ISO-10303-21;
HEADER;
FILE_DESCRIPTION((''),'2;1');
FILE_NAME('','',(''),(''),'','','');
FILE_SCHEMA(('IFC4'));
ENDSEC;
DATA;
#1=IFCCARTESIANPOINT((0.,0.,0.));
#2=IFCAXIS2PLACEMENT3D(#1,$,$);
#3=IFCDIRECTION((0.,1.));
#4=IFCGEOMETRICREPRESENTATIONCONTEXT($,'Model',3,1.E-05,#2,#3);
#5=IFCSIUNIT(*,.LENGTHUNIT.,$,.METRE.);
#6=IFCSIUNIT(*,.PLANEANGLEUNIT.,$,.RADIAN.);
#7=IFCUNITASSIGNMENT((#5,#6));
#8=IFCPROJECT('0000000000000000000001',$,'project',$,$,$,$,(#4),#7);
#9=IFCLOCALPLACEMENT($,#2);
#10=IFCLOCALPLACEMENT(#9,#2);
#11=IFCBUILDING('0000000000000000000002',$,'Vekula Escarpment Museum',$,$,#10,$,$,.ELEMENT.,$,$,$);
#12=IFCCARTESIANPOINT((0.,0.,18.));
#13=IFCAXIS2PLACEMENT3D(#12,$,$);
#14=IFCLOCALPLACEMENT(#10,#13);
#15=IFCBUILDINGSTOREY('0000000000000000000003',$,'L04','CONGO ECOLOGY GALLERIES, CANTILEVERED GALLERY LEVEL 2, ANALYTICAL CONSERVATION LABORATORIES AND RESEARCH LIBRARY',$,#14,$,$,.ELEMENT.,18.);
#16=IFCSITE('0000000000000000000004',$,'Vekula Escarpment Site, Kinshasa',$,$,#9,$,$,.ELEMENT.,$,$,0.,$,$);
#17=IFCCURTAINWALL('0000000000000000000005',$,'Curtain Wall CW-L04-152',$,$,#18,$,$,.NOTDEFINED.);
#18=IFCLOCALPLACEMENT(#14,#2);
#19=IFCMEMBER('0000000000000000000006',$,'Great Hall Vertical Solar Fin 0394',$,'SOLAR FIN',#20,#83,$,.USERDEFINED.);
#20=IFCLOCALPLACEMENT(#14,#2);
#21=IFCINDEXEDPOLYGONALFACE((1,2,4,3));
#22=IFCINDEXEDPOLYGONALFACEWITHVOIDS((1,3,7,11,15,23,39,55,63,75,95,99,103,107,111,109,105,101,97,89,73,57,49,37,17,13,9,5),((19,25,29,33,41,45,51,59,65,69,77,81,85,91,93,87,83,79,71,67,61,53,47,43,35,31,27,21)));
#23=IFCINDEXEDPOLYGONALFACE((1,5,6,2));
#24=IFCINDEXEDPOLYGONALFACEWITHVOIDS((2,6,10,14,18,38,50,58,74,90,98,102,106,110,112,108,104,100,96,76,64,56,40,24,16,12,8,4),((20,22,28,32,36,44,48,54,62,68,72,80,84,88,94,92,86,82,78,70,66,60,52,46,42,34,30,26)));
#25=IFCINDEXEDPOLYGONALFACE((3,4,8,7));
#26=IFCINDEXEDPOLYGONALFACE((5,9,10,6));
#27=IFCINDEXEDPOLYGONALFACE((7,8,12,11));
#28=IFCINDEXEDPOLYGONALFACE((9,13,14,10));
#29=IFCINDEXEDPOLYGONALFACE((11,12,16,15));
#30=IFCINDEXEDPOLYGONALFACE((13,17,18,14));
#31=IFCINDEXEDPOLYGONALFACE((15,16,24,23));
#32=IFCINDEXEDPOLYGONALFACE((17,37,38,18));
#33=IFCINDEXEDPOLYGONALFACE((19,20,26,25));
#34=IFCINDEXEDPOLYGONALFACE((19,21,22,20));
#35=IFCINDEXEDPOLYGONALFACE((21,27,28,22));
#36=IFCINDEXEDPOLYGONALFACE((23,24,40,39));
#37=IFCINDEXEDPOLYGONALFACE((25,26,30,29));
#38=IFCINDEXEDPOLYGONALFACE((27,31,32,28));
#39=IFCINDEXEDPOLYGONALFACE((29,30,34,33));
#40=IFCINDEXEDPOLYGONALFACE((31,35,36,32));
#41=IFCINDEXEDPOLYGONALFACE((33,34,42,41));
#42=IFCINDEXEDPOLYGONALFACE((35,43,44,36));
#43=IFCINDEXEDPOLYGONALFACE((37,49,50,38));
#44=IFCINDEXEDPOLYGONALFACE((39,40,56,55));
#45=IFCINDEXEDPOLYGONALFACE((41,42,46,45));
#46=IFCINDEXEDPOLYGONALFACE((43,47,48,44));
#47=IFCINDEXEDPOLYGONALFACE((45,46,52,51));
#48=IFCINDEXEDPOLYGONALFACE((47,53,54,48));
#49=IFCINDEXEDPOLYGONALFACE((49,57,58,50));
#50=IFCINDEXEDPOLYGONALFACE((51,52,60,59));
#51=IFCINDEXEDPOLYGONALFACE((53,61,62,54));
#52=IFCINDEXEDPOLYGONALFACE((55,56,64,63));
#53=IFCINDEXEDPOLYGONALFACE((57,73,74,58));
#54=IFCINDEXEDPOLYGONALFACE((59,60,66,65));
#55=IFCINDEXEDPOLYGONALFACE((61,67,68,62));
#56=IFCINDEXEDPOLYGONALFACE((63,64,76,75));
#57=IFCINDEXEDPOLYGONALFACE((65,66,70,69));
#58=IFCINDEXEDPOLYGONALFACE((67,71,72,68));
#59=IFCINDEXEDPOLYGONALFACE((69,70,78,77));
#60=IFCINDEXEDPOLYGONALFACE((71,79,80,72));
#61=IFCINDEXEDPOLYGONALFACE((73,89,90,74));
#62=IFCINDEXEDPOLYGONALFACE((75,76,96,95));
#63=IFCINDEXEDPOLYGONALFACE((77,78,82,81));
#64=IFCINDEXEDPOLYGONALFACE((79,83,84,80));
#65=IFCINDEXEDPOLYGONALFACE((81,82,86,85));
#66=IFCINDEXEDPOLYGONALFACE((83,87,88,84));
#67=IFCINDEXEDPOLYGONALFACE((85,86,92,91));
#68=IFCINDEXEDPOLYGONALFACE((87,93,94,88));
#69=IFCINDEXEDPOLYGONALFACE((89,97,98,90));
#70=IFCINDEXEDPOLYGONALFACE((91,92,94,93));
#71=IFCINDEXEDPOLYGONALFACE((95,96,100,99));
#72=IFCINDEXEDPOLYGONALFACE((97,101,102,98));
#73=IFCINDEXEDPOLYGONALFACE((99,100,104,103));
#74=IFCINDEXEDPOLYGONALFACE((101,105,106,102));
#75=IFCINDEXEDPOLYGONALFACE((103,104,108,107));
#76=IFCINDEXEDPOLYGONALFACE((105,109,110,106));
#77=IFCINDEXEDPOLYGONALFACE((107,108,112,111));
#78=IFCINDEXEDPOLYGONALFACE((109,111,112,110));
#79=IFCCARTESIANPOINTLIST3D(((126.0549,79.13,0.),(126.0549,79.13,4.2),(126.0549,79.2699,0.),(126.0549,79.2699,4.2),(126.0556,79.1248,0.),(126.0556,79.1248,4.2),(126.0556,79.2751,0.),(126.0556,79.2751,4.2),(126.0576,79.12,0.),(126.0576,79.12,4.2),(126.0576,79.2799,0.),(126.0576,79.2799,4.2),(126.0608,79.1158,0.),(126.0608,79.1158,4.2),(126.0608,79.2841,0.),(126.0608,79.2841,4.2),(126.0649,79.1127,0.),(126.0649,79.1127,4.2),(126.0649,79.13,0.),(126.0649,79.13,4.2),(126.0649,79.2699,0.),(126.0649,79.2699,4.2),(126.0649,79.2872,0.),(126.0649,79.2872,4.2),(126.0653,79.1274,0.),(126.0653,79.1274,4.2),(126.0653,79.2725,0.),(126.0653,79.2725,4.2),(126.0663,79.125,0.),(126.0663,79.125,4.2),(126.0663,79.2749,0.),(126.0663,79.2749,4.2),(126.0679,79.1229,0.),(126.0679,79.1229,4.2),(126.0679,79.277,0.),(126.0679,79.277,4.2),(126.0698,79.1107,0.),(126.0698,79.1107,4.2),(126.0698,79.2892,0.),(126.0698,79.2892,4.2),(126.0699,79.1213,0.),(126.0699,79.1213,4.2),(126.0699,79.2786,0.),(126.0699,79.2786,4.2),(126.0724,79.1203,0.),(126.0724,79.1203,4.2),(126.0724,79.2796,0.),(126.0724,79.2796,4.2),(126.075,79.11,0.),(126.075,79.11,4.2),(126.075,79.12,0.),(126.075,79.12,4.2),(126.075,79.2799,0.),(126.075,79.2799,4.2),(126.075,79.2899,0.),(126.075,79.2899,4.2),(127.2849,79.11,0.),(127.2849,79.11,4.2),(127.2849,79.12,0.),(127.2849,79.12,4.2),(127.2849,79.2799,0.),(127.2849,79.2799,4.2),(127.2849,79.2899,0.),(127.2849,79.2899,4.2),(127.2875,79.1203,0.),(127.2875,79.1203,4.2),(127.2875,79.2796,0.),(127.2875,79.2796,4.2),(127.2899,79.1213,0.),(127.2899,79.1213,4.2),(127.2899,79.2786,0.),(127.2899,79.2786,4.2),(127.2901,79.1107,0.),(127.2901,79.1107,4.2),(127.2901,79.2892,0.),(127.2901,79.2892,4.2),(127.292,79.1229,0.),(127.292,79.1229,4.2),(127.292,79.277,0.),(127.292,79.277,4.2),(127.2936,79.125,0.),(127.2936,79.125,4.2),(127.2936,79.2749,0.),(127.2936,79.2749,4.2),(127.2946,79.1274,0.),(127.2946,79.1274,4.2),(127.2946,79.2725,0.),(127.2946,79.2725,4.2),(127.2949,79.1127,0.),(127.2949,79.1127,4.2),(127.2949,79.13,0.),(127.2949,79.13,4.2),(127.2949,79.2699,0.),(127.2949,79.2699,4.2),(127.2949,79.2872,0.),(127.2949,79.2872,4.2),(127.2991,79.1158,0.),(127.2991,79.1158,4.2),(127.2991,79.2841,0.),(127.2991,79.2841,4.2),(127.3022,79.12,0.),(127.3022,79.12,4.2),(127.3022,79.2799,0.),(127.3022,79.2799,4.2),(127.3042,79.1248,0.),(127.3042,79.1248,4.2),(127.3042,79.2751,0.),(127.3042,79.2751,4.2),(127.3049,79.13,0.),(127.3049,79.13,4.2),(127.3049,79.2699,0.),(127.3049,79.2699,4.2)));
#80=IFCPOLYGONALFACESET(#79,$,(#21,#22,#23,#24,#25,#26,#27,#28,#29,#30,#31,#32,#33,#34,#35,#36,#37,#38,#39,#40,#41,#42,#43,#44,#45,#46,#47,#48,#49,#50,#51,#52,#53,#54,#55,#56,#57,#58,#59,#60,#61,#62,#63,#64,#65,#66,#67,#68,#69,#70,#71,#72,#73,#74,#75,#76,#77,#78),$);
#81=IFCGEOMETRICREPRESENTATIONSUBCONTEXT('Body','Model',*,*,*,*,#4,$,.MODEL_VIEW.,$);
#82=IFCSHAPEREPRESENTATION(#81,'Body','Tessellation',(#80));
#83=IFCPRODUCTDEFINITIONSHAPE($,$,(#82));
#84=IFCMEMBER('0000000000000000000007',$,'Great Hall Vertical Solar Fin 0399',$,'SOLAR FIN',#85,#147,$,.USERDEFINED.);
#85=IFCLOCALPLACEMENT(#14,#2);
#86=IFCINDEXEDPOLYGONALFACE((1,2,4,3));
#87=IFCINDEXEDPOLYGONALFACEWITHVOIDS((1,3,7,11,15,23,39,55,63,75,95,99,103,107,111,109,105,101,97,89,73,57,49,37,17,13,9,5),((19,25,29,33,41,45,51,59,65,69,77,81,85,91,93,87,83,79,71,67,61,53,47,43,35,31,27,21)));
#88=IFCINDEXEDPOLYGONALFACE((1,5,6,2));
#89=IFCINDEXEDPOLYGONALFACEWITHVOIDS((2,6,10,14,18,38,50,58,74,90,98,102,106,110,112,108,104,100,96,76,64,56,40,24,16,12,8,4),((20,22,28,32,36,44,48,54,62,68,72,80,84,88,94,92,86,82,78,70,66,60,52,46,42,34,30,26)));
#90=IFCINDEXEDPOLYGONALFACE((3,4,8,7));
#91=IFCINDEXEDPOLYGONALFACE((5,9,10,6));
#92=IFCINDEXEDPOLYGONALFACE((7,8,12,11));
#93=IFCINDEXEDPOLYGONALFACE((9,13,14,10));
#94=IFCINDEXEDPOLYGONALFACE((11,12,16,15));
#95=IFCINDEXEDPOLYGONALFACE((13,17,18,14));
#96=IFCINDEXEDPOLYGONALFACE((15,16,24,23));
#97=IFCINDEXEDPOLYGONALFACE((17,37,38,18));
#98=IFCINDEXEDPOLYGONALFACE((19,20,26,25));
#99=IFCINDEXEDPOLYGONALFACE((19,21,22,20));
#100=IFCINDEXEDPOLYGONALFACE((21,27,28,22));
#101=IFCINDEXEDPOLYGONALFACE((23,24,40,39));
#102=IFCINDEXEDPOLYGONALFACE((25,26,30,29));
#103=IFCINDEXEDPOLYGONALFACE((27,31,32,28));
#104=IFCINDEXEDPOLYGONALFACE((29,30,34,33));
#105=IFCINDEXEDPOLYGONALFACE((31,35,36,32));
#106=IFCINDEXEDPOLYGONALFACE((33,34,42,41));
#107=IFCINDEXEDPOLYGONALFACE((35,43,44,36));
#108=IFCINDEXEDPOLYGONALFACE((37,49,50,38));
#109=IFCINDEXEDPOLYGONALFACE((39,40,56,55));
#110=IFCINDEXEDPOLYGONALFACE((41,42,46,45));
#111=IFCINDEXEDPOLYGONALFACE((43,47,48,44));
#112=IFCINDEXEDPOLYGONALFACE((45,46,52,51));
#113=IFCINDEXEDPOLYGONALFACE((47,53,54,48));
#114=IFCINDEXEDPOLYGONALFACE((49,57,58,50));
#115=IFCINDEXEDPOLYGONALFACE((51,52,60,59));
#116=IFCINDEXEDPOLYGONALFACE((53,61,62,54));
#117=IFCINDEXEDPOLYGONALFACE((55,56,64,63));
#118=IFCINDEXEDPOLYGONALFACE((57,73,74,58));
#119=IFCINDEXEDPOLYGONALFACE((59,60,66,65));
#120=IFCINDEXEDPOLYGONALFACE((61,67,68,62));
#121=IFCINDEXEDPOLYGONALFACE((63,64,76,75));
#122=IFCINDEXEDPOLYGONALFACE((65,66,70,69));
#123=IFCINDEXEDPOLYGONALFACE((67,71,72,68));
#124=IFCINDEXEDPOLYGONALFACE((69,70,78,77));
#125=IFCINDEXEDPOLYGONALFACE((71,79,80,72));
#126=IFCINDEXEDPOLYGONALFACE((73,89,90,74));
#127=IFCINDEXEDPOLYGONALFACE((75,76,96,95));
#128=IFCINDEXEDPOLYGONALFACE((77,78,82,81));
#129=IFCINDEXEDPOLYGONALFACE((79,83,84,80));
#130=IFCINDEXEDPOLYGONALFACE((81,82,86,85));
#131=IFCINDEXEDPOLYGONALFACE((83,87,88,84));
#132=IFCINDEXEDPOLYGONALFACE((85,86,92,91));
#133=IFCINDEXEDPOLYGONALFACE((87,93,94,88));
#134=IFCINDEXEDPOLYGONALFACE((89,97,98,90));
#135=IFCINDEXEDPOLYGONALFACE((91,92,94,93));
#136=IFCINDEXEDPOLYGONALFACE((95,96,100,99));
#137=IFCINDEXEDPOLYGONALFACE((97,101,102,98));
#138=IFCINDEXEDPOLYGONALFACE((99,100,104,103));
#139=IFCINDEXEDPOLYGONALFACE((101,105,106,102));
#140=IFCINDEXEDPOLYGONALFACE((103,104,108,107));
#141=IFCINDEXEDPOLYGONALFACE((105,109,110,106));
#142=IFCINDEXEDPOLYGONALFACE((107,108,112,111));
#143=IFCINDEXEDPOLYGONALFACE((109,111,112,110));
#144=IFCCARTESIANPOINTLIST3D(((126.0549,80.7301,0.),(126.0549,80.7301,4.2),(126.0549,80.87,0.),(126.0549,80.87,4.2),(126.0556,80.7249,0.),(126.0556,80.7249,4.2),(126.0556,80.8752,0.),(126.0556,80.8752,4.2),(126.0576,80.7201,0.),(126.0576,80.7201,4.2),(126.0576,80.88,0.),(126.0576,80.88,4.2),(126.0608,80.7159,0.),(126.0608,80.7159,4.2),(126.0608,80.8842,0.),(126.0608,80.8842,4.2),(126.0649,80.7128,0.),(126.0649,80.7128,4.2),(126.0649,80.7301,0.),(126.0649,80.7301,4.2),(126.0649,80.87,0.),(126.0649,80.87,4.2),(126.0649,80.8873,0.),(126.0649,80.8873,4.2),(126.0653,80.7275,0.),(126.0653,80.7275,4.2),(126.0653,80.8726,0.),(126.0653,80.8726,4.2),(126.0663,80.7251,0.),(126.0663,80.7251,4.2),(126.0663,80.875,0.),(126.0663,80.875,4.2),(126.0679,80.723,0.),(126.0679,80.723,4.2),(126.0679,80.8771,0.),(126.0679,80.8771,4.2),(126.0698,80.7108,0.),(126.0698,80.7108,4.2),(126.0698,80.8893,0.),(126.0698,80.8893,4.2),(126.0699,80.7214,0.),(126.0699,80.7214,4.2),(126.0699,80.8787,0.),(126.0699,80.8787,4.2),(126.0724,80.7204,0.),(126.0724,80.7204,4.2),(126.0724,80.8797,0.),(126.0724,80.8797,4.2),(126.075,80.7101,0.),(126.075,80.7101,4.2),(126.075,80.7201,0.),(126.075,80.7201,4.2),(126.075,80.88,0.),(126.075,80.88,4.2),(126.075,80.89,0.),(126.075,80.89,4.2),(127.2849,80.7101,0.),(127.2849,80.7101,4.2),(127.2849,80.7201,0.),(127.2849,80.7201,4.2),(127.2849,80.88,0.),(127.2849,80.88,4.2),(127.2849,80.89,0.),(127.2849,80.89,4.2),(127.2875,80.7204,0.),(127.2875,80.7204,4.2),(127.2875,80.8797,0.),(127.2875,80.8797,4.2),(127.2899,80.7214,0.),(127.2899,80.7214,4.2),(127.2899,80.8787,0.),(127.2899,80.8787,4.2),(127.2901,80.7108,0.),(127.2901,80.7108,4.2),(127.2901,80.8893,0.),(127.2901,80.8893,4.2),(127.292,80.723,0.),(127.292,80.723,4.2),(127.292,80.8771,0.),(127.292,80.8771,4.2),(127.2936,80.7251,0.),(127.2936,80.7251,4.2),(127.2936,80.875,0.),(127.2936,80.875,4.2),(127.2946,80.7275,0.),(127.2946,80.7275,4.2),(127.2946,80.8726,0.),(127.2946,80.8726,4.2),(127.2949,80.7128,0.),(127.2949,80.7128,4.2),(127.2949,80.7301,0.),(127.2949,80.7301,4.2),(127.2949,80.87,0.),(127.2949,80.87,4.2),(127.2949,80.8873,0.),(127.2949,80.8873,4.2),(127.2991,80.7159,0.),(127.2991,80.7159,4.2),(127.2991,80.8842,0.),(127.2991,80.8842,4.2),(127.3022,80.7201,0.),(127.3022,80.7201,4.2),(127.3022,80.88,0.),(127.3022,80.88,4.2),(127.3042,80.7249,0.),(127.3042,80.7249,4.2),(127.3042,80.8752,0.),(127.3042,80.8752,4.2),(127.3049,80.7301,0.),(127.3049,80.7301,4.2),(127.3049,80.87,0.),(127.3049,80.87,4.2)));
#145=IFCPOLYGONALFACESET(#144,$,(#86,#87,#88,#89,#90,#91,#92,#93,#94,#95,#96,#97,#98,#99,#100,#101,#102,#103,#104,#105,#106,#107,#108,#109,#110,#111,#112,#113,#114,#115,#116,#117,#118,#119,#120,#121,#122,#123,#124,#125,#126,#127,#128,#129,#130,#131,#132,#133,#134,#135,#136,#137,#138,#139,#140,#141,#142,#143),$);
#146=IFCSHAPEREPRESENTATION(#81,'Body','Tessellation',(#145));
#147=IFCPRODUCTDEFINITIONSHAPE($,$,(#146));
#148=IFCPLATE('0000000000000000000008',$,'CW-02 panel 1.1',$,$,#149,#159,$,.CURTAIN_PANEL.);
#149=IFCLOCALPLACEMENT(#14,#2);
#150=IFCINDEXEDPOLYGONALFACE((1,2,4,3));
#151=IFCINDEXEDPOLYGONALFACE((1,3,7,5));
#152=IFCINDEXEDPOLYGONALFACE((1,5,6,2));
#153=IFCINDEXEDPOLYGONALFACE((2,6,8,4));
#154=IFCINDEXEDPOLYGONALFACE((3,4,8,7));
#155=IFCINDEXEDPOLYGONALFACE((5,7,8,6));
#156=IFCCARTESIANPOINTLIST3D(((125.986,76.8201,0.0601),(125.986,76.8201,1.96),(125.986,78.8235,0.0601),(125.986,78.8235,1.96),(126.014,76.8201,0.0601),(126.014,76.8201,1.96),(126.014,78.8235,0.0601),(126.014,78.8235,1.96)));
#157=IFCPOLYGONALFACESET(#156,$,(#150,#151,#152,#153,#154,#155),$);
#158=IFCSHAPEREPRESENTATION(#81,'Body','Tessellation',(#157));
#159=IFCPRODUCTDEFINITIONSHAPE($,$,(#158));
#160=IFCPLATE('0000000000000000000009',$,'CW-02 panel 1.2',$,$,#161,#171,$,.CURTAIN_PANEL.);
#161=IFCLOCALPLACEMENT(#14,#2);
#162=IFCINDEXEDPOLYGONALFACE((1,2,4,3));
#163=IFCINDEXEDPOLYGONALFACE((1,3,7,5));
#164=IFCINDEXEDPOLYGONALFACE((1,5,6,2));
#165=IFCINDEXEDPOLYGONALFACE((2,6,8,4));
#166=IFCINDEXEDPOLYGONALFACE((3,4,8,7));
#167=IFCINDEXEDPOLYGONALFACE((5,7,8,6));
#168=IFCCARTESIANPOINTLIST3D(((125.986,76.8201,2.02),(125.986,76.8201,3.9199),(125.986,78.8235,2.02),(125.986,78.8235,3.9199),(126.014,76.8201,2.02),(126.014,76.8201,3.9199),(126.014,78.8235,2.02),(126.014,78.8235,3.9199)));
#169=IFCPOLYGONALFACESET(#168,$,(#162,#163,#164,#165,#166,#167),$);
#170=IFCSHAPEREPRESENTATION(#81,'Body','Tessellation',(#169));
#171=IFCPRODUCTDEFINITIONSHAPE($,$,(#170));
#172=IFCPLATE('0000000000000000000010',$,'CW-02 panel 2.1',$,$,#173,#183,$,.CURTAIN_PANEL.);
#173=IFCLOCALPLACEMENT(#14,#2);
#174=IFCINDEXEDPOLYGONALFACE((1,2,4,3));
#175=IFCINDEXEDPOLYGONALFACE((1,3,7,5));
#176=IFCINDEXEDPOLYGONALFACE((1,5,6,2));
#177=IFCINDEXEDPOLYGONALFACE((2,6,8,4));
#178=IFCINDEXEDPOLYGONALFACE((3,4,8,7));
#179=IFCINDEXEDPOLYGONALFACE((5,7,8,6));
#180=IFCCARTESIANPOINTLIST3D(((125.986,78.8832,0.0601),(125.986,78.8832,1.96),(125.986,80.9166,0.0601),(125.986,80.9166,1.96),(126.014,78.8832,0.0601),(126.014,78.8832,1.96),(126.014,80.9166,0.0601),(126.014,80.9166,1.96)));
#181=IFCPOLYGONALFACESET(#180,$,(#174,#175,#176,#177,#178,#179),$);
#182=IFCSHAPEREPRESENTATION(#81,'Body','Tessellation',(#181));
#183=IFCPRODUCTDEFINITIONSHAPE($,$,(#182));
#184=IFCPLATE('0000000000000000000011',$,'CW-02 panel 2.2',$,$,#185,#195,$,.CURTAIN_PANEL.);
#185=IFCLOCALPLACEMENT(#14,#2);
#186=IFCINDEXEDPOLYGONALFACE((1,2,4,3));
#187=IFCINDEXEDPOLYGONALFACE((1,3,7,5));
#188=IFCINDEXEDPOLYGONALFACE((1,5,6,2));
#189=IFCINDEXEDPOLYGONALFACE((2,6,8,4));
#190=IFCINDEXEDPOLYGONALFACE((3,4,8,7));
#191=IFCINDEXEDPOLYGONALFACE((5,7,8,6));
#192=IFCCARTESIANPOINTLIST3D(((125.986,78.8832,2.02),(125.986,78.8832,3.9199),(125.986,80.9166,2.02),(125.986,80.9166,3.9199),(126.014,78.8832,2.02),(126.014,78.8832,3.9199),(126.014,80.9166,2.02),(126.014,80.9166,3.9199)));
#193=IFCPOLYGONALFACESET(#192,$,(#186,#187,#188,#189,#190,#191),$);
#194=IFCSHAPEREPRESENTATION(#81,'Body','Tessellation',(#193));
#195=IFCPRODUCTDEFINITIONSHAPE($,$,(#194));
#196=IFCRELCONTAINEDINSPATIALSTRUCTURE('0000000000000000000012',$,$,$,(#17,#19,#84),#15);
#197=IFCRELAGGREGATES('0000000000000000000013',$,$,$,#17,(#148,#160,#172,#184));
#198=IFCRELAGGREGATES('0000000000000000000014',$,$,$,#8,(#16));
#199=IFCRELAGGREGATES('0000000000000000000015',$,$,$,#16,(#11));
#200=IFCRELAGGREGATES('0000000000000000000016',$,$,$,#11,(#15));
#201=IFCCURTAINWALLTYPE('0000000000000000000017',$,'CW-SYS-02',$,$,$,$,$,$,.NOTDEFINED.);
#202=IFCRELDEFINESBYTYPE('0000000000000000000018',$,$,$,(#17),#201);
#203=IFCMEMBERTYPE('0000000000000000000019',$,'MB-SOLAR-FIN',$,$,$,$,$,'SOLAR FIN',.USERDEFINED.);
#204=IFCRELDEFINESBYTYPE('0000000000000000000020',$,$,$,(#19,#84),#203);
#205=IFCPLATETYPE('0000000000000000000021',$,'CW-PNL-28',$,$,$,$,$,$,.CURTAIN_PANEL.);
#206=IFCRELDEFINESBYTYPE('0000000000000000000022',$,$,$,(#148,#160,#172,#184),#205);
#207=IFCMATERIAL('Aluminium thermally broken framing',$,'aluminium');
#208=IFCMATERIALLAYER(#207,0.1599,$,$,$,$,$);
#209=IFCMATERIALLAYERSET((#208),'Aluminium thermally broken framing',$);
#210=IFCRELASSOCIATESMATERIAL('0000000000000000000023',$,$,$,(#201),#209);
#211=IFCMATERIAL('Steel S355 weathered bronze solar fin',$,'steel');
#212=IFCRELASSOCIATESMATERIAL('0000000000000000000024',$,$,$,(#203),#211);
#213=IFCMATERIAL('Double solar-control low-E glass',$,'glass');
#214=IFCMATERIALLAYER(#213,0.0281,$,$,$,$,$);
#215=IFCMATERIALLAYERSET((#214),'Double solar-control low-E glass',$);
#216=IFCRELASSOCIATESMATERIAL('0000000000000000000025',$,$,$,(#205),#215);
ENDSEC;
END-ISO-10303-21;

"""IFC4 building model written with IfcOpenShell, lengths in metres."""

from ifc_helpers import new_model, si_unit, direction, frame, origin, origin_2d, place, context, subcontext, project, spatial, rectangle, hollow_rectangle, extrude, material, layer, layer_set, material_profile, profile_set, type_object, element, aggregate, save


model = new_model("IFC4")

# Units and contexts
model_context = context("Model", 3, precision=1e-05, world=origin(), true_north=direction((0.0, 1.0)))
body_context = subcontext(model_context, "Body", "Model", "MODEL_VIEW")
ifc_project = project(units=[si_unit("LENGTHUNIT", "METRE"), si_unit("PLANEANGLEUNIT", "RADIAN")], contexts=[model_context])

# Site, building, storey
site_placement = place(None, origin())
site = spatial("IfcSite", under=ifc_project, at=site_placement, Name="Vekula Escarpment Site, Kinshasa", CompositionType="ELEMENT", RefElevation=0.0)
building_placement = place(site_placement, origin())
building = spatial("IfcBuilding", under=site, at=building_placement, Name="Vekula Escarpment Museum", CompositionType="ELEMENT")
storey_placement = place(building_placement, frame((0.0, 0.0, 18.0)))
storey = spatial("IfcBuildingStorey", under=building, at=storey_placement, Name="L04", Description="CONGO ECOLOGY GALLERIES, CANTILEVERED GALLERY LEVEL 2, ANALYTICAL CONSERVATION LABORATORIES AND RESEARCH LIBRARY", CompositionType="ELEMENT", Elevation=18.0)

# Curtain wall
ifc_material_1 = material(Name="Aluminium thermally broken framing", Category="aluminium")
ifc_layer_1 = layer(ifc_material_1, 0.1599)
ifc_layer_set_1 = layer_set([ifc_layer_1], Name="Aluminium thermally broken framing")
curtain_wall_type = type_object("IfcCurtainWallType", Name="CW-SYS-02", PredefinedType="NOTDEFINED", material=ifc_layer_set_1)
curtain_wall_placement = place(storey_placement, origin())
curtain_wall = element("IfcCurtainWall", 1, at=curtain_wall_placement, inside=storey, type_object=curtain_wall_type, Name="Curtain Wall CW-L04-152", PredefinedType="NOTDEFINED")

# Members
ifc_material_2 = material(Name="Steel S355 weathered bronze solar fin", Category="steel")
ifc_material_profile_1 = material_profile(ifc_material_2, hollow_rectangle(XDim=0.1799, YDim=1.25, WallThickness=0.01, InnerFilletRadius=0.01, OuterFilletRadius=0.02, at=origin_2d()), Name="RHS 1250x180x10")
ifc_profile_set_1 = profile_set([ifc_material_profile_1], Name="Steel S355 weathered bronze solar fin")
member_type_1 = type_object("IfcMemberType", Name="MB-SOLAR-FIN", ElementType="SOLAR FIN", PredefinedType="USERDEFINED", material=ifc_profile_set_1)
for number, where, z_axis, x_axis, name in (
    (2, (126.6799, 79.2, 0.0), (0.0, 0.0, 1.0), (0.0, 1.0, 0.0), "Great Hall Vertical Solar Fin 0394"),
    (3, (126.6799, 80.8, 0.0), (0.0, 0.0, 1.0), (0.0, 1.0, 0.0), "Great Hall Vertical Solar Fin 0399"),
):
    element("IfcMember", number, at=place(storey_placement, frame(where, z_axis=z_axis, x_axis=x_axis)), inside=storey, type_object=member_type_1, Name=name, ObjectType="SOLAR FIN", PredefinedType="USERDEFINED", context=body_context, shape_type="SweptSolid", body=[
        extrude(hollow_rectangle(XDim=0.1799, YDim=1.25, WallThickness=0.01, InnerFilletRadius=0.01, OuterFilletRadius=0.02, at=origin_2d()), origin(), (0.0, 0.0, 1.0), 4.2),
    ])

# Plates
ifc_material_3 = material(Name="Double solar-control low-E glass", Category="glass")
ifc_layer_2 = layer(ifc_material_3, 0.0281)
ifc_layer_set_2 = layer_set([ifc_layer_2], Name="Double solar-control low-E glass")
plate_type_1 = type_object("IfcPlateType", Name="CW-PNL-28", PredefinedType="CURTAIN_PANEL", material=ifc_layer_set_2)
plate_1_placement = place(storey_placement, frame((126.0, 77.8218, 0.0601), z_axis=(0.0, 0.0, 1.0), x_axis=(0.0, 1.0, 0.0)))
plate_1 = element("IfcPlate", 4, at=plate_1_placement, type_object=plate_type_1, Name="CW-02 panel 1.1", PredefinedType="CURTAIN_PANEL", context=body_context, shape_type="SweptSolid", body=[
    extrude(rectangle(XDim=2.0034, YDim=0.0281, at=origin_2d()), origin(), (0.0, 0.0, 1.0), 1.8999),
])
plate_2_placement = place(storey_placement, frame((126.0, 77.8218, 2.02), z_axis=(0.0, 0.0, 1.0), x_axis=(0.0, 1.0, 0.0)))
plate_2 = element("IfcPlate", 5, at=plate_2_placement, type_object=plate_type_1, Name="CW-02 panel 1.2", PredefinedType="CURTAIN_PANEL", context=body_context, shape_type="SweptSolid", body=[
    extrude(rectangle(XDim=2.0034, YDim=0.0281, at=origin_2d()), origin(), (0.0, 0.0, 1.0), 1.8999),
])
plate_3_placement = place(storey_placement, frame((126.0, 79.8999, 0.0601), z_axis=(0.0, 0.0, 1.0), x_axis=(0.0, 1.0, 0.0)))
plate_3 = element("IfcPlate", 6, at=plate_3_placement, type_object=plate_type_1, Name="CW-02 panel 2.1", PredefinedType="CURTAIN_PANEL", context=body_context, shape_type="SweptSolid", body=[
    extrude(rectangle(XDim=2.0334, YDim=0.0281, at=origin_2d()), origin(), (0.0, 0.0, 1.0), 1.8999),
])
plate_4_placement = place(storey_placement, frame((126.0, 79.8999, 2.02), z_axis=(0.0, 0.0, 1.0), x_axis=(0.0, 1.0, 0.0)))
plate_4 = element("IfcPlate", 7, at=plate_4_placement, type_object=plate_type_1, Name="CW-02 panel 2.2", PredefinedType="CURTAIN_PANEL", context=body_context, shape_type="SweptSolid", body=[
    extrude(rectangle(XDim=2.0334, YDim=0.0281, at=origin_2d()), origin(), (0.0, 0.0, 1.0), 1.8999),
])
aggregate(curtain_wall, [plate_1, plate_2, plate_3, plate_4])

save(model, "model.ifc")
